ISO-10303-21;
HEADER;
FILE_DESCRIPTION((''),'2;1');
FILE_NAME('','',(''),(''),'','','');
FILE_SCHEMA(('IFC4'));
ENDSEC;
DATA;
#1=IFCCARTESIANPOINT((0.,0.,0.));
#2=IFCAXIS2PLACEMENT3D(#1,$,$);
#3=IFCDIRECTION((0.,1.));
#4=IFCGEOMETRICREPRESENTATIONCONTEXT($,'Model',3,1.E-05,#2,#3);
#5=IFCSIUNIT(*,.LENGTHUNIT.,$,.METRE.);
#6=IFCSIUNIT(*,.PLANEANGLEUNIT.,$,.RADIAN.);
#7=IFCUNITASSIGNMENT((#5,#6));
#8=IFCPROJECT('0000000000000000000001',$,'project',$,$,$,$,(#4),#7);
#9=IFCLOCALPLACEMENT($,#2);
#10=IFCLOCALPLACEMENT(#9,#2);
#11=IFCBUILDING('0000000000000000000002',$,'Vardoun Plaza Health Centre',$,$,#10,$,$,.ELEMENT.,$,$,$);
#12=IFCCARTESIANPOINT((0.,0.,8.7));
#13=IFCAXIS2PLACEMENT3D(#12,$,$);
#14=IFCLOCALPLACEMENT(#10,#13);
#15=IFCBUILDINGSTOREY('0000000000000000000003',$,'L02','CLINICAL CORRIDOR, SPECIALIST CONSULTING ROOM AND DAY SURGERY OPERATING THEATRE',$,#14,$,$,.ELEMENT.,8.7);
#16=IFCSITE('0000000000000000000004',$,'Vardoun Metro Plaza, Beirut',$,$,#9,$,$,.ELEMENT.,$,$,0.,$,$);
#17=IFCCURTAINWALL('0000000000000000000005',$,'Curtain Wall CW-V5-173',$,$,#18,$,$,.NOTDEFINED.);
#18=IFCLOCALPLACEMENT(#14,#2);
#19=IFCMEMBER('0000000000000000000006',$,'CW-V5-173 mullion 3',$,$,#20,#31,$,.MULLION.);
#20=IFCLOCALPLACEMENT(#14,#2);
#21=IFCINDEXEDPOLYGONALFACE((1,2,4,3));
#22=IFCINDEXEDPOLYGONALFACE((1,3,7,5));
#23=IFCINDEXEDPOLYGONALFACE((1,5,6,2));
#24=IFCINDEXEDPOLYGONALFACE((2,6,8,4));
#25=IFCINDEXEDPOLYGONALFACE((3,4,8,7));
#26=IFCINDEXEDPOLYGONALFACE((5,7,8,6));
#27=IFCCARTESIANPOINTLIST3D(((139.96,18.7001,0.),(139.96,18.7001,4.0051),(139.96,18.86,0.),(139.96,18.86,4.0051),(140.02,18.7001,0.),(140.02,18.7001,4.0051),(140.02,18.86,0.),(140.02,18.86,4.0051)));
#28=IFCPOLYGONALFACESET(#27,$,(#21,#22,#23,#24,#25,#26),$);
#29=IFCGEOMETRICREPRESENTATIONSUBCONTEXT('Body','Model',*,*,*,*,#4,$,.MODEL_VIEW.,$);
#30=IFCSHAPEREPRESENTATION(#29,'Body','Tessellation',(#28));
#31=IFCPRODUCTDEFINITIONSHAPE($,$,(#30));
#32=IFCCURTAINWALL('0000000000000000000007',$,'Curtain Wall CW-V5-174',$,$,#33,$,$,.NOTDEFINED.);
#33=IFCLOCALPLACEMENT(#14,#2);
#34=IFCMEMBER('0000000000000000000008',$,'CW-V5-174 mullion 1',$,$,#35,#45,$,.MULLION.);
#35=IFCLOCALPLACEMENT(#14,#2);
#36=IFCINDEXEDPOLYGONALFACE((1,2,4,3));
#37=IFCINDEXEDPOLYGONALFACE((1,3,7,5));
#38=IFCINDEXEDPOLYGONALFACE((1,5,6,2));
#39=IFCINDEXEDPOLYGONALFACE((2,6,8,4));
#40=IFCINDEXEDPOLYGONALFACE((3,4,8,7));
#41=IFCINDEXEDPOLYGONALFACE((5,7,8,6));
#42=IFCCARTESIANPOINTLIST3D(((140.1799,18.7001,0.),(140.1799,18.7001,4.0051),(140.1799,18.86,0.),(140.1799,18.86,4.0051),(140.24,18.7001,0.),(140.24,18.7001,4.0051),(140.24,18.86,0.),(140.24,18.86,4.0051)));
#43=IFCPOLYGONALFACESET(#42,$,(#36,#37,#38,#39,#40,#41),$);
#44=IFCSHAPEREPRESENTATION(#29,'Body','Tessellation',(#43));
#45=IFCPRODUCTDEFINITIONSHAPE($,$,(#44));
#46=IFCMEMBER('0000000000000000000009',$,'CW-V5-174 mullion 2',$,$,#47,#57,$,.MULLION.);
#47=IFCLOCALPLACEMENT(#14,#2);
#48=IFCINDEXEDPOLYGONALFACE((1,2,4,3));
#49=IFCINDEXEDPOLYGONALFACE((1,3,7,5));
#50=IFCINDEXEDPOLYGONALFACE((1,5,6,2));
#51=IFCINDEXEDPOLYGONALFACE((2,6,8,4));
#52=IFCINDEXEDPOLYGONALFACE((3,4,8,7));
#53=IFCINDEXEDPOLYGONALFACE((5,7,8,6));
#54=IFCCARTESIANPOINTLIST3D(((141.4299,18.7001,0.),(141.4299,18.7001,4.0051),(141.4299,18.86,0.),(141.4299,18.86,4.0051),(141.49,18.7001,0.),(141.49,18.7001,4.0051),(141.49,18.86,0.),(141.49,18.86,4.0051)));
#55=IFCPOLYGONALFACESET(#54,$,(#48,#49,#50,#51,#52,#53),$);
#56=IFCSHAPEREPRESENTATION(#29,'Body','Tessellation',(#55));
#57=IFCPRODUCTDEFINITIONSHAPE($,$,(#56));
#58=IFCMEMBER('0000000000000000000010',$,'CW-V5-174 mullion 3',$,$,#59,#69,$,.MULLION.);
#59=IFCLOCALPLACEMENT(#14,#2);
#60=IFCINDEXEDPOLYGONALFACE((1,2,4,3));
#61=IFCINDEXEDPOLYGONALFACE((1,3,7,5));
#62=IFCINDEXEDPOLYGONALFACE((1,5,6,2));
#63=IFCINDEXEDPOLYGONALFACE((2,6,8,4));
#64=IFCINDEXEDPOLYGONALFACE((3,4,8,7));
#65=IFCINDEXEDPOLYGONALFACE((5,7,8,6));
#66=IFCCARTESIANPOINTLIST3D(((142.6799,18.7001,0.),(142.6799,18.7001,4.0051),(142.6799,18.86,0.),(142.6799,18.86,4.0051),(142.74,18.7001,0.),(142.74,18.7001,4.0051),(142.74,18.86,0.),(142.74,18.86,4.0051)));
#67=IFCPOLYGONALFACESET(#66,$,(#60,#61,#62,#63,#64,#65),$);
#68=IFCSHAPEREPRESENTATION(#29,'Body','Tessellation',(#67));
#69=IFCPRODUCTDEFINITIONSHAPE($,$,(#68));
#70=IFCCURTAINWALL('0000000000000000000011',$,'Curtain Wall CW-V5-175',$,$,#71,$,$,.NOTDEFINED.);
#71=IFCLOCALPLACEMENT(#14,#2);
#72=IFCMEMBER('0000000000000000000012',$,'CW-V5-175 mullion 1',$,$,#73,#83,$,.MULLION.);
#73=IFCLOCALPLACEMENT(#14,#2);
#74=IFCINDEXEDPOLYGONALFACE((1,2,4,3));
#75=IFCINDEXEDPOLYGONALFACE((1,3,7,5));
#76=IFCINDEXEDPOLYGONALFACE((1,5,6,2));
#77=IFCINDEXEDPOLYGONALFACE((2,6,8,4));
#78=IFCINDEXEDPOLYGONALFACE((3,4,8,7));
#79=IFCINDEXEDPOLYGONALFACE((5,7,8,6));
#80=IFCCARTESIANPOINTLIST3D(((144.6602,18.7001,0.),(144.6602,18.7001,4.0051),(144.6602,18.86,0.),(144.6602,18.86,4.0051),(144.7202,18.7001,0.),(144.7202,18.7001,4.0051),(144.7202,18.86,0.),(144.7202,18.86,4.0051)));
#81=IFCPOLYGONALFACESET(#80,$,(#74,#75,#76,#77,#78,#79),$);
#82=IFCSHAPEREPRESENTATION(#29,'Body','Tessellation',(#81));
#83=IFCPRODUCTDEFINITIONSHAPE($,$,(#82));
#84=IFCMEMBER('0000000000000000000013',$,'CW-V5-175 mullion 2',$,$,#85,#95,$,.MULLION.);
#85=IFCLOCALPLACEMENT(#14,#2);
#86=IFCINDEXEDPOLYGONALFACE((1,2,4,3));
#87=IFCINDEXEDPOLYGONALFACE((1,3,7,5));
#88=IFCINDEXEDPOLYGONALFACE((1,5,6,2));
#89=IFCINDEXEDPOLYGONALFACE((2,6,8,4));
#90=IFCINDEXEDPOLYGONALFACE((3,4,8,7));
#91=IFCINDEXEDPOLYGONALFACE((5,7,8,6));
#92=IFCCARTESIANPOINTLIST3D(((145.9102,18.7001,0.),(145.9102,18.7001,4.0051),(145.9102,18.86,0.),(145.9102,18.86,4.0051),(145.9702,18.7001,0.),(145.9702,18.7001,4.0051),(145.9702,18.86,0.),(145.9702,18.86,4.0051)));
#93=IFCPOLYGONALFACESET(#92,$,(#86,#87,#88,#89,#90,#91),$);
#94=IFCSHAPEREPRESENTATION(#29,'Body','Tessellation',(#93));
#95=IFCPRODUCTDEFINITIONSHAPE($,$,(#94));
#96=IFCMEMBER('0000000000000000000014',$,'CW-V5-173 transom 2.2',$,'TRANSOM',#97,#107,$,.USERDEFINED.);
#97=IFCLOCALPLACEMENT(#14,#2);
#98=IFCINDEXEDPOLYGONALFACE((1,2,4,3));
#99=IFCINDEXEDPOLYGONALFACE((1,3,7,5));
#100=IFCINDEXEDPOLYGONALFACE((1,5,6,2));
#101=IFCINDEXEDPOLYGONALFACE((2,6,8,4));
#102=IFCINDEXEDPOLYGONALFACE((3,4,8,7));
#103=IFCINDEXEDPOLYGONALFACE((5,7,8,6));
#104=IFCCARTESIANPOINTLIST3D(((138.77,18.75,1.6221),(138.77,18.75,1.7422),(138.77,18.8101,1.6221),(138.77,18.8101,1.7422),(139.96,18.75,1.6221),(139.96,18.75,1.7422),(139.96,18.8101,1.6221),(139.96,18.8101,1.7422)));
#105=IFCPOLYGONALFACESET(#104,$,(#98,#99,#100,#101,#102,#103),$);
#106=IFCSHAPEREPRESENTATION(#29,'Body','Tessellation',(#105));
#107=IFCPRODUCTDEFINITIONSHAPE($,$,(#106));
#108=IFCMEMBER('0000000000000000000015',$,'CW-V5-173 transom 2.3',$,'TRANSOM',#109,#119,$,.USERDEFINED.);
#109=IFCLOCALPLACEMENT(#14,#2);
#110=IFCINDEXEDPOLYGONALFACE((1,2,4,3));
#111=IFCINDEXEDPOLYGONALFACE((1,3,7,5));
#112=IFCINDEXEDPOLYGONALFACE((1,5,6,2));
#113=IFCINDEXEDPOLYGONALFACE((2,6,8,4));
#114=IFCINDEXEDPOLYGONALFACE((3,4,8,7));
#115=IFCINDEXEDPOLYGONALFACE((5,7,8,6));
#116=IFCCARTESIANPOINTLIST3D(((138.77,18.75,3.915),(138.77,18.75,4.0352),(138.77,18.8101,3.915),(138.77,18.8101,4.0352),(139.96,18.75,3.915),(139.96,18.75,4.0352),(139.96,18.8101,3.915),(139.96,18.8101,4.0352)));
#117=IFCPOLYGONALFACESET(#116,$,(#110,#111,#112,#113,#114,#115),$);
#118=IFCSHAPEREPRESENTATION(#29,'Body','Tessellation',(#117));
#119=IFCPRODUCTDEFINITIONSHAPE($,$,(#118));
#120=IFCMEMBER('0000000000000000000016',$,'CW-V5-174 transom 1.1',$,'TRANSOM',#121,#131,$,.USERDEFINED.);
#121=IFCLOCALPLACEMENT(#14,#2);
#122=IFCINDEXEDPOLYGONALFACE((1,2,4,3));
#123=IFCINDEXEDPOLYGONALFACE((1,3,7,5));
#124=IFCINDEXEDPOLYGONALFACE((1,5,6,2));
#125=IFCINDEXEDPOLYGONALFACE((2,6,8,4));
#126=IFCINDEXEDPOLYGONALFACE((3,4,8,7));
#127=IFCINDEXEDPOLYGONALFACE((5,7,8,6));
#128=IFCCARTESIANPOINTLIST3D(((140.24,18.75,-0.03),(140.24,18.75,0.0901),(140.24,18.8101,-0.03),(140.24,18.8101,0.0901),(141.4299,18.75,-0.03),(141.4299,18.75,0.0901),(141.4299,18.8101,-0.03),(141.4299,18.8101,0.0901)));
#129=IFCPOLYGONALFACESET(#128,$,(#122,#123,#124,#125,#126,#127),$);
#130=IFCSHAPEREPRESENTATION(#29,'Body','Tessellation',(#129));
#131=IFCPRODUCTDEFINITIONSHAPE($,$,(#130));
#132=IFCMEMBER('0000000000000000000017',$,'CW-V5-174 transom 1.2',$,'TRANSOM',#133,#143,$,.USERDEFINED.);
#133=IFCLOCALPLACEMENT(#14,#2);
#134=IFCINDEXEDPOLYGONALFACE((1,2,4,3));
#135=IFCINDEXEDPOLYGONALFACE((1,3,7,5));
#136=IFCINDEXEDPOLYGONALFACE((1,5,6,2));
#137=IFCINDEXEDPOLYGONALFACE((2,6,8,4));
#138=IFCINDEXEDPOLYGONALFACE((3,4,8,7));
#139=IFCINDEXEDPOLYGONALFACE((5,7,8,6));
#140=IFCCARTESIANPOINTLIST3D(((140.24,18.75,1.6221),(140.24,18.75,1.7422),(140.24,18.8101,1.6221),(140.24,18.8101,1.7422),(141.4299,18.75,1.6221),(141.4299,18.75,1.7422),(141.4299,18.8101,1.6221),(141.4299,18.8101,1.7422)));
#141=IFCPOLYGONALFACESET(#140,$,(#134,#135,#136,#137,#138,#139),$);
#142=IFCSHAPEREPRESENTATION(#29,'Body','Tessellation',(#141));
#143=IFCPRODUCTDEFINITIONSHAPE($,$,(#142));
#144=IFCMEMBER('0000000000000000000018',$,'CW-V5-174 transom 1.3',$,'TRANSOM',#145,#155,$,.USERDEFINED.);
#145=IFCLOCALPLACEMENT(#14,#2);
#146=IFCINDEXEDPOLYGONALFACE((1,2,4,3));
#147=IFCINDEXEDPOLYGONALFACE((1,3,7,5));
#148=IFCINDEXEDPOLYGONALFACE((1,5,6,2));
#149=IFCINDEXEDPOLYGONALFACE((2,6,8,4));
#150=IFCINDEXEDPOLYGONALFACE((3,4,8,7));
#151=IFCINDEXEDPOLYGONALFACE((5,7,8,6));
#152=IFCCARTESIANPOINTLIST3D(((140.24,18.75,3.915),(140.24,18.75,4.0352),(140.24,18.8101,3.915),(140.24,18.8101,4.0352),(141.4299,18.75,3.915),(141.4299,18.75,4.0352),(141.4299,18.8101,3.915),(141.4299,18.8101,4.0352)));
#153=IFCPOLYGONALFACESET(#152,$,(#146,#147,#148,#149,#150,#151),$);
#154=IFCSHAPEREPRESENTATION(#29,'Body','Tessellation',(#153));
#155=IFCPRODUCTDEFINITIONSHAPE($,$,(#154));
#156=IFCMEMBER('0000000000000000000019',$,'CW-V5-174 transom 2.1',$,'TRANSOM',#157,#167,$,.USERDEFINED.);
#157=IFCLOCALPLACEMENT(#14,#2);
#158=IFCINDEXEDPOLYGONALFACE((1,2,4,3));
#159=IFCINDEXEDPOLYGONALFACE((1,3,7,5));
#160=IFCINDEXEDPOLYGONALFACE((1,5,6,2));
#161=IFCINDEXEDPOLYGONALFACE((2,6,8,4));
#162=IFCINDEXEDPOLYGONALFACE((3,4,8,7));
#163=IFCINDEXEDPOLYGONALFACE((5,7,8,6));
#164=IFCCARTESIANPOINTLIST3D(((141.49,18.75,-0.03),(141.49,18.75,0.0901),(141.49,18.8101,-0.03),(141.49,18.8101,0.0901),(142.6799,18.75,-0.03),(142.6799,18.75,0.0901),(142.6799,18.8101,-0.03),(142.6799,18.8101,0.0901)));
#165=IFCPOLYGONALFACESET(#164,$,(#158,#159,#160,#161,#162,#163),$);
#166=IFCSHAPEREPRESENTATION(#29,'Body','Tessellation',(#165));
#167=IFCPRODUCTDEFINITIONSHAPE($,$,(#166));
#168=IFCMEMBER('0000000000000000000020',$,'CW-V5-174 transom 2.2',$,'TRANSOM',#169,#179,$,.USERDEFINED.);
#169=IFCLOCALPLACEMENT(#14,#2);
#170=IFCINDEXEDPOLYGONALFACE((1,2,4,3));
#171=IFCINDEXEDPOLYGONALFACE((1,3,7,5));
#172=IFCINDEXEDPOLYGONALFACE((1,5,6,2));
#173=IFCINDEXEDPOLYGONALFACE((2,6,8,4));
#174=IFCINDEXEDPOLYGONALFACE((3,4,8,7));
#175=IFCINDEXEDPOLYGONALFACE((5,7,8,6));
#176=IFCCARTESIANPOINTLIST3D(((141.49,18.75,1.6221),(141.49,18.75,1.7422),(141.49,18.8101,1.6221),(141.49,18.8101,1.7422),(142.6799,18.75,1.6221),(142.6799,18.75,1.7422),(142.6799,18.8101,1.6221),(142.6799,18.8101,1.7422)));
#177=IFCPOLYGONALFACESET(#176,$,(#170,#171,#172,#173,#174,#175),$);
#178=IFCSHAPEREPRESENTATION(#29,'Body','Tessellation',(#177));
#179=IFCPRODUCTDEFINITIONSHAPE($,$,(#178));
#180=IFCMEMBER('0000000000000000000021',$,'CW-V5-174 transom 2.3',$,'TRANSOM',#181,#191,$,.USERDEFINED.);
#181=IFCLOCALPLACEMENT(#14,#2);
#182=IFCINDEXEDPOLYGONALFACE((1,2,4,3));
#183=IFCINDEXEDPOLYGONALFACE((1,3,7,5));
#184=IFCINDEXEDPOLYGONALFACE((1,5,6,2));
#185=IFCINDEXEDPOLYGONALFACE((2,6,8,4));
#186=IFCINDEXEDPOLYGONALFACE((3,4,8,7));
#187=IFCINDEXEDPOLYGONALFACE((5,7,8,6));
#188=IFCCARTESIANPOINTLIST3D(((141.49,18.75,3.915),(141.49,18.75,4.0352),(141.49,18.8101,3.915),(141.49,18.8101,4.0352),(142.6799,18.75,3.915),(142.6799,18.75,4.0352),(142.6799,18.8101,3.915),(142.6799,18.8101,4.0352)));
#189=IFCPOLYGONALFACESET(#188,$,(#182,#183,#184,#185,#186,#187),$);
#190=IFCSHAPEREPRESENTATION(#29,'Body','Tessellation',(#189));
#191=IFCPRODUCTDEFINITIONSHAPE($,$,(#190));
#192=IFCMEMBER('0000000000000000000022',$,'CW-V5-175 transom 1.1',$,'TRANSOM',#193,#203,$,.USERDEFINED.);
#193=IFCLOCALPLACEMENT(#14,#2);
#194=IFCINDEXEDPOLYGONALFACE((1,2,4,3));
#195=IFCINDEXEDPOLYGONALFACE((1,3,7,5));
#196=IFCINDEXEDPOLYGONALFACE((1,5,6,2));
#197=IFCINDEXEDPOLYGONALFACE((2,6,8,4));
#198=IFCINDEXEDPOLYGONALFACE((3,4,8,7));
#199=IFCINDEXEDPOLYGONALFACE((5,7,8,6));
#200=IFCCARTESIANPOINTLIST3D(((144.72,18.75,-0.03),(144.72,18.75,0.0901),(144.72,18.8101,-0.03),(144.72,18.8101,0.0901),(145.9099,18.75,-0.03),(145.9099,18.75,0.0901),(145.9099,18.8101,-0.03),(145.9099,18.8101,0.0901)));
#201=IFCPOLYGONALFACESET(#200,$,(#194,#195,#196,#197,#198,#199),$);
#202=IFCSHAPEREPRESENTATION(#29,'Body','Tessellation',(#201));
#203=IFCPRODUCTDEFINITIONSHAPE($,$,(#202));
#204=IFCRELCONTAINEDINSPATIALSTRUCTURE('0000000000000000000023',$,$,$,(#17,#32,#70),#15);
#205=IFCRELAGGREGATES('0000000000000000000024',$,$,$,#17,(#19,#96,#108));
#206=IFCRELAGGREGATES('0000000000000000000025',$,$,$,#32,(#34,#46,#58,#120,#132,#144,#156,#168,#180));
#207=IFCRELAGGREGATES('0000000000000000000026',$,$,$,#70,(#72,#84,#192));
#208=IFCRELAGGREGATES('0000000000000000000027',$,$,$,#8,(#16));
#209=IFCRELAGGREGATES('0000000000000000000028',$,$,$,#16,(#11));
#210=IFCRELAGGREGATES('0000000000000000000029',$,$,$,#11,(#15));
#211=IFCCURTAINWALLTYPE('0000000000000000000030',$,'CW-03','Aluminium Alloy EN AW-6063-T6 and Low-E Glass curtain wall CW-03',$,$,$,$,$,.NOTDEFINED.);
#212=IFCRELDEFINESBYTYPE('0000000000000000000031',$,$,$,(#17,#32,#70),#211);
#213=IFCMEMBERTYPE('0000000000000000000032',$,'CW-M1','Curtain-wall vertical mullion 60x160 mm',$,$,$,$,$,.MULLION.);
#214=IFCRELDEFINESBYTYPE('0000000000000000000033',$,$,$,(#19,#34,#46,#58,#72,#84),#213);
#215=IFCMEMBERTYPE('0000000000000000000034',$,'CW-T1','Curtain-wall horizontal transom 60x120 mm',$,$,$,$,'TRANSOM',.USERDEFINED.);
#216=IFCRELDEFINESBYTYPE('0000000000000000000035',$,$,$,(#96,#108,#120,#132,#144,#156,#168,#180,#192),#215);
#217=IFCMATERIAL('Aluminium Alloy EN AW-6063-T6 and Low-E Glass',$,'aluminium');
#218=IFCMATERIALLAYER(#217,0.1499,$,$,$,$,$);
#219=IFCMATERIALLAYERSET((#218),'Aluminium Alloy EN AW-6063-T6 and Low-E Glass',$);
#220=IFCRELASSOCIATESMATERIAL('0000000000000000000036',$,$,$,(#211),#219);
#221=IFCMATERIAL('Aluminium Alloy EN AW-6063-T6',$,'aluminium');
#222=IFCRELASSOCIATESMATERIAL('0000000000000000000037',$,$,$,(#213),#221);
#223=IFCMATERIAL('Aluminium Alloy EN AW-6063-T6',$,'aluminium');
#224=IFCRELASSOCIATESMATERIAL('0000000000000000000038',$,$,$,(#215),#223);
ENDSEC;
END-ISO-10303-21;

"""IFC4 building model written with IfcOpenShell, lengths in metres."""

from ifc_helpers import new_model, si_unit, direction, frame, origin, origin_2d, place, context, subcontext, project, spatial, rectangle, extrude, material, layer, layer_set, material_profile, profile_set, type_object, element, aggregate, save


model = new_model("IFC4")

# Units and contexts
model_context = context("Model", 3, precision=1e-05, world=origin(), true_north=direction((0.0, 1.0)))
body_context = subcontext(model_context, "Body", "Model", "MODEL_VIEW")
ifc_project = project(units=[si_unit("LENGTHUNIT", "METRE"), si_unit("PLANEANGLEUNIT", "RADIAN")], contexts=[model_context])

# Site, building, storey
site_placement = place(None, origin())
site = spatial("IfcSite", under=ifc_project, at=site_placement, Name="Vardoun Metro Plaza, Beirut", CompositionType="ELEMENT", RefElevation=0.0)
building_placement = place(site_placement, origin())
building = spatial("IfcBuilding", under=site, at=building_placement, Name="Vardoun Plaza Health Centre", CompositionType="ELEMENT")
storey_placement = place(building_placement, frame((0.0, 0.0, 8.7)))
storey = spatial("IfcBuildingStorey", under=building, at=storey_placement, Name="L02", Description="CLINICAL CORRIDOR, SPECIALIST CONSULTING ROOM AND DAY SURGERY OPERATING THEATRE", CompositionType="ELEMENT", Elevation=8.7)

# Curtain wall, member
ifc_material_1 = material(Name="Aluminium Alloy EN AW-6063-T6 and Low-E Glass", Category="aluminium")
ifc_layer_1 = layer(ifc_material_1, 0.1499)
ifc_layer_set_1 = layer_set([ifc_layer_1], Name="Aluminium Alloy EN AW-6063-T6 and Low-E Glass")
curtain_wall_type = type_object("IfcCurtainWallType", Name="CW-03", Description="Aluminium Alloy EN AW-6063-T6 and Low-E Glass curtain wall CW-03", PredefinedType="NOTDEFINED", material=ifc_layer_set_1)
curtain_wall_1_placement = place(storey_placement, origin())
curtain_wall_1 = element("IfcCurtainWall", 1, at=curtain_wall_1_placement, inside=storey, type_object=curtain_wall_type, Name="Curtain Wall CW-V5-173", PredefinedType="NOTDEFINED")
ifc_material_2 = material(Name="Aluminium Alloy EN AW-6063-T6", Category="aluminium")
ifc_material_profile_1 = material_profile(ifc_material_2, rectangle(XDim=0.1599, YDim=0.0601, at=origin_2d()), Name="CWM 60x160")
ifc_profile_set_1 = profile_set([ifc_material_profile_1], Name="Aluminium Alloy EN AW-6063-T6")
member_type_1 = type_object("IfcMemberType", Name="CW-M1", Description="Curtain-wall vertical mullion 60x160 mm", PredefinedType="MULLION", material=ifc_profile_set_1)
member_1_placement = place(storey_placement, frame((139.99, 18.78, 0.0), z_axis=(0.0, 0.0, 1.0), x_axis=(0.0, 1.0, 0.0)))
member_1 = element("IfcMember", 2, at=member_1_placement, type_object=member_type_1, Name="CW-V5-173 mullion 3", PredefinedType="MULLION", context=body_context, shape_type="SweptSolid", body=[
    extrude(rectangle(XDim=0.1599, YDim=0.0601, at=origin_2d()), origin(), (0.0, 0.0, 1.0), 4.0051),
])

# Curtain walls, members
curtain_wall_2_placement = place(storey_placement, origin())
curtain_wall_2 = element("IfcCurtainWall", 3, at=curtain_wall_2_placement, inside=storey, type_object=curtain_wall_type, Name="Curtain Wall CW-V5-174", PredefinedType="NOTDEFINED")
member_2_placement = place(storey_placement, frame((140.21, 18.78, 0.0), z_axis=(0.0, 0.0, 1.0), x_axis=(0.0, 1.0, 0.0)))
member_2 = element("IfcMember", 4, at=member_2_placement, type_object=member_type_1, Name="CW-V5-174 mullion 1", PredefinedType="MULLION", context=body_context, shape_type="SweptSolid", body=[
    extrude(rectangle(XDim=0.1599, YDim=0.0601, at=origin_2d()), origin(), (0.0, 0.0, 1.0), 4.0051),
])
member_3_placement = place(storey_placement, frame((141.46, 18.78, 0.0), z_axis=(0.0, 0.0, 1.0), x_axis=(0.0, 1.0, 0.0)))
member_3 = element("IfcMember", 5, at=member_3_placement, type_object=member_type_1, Name="CW-V5-174 mullion 2", PredefinedType="MULLION", context=body_context, shape_type="SweptSolid", body=[
    extrude(rectangle(XDim=0.1599, YDim=0.0601, at=origin_2d()), origin(), (0.0, 0.0, 1.0), 4.0051),
])
member_4_placement = place(storey_placement, frame((142.71, 18.78, 0.0), z_axis=(0.0, 0.0, 1.0), x_axis=(0.0, 1.0, 0.0)))
member_4 = element("IfcMember", 6, at=member_4_placement, type_object=member_type_1, Name="CW-V5-174 mullion 3", PredefinedType="MULLION", context=body_context, shape_type="SweptSolid", body=[
    extrude(rectangle(XDim=0.1599, YDim=0.0601, at=origin_2d()), origin(), (0.0, 0.0, 1.0), 4.0051),
])
curtain_wall_3_placement = place(storey_placement, origin())
curtain_wall_3 = element("IfcCurtainWall", 7, at=curtain_wall_3_placement, inside=storey, type_object=curtain_wall_type, Name="Curtain Wall CW-V5-175", PredefinedType="NOTDEFINED")
member_5_placement = place(storey_placement, frame((144.6902, 18.78, 0.0), z_axis=(0.0, 0.0, 1.0), x_axis=(0.0, 1.0, 0.0)))
member_5 = element("IfcMember", 8, at=member_5_placement, type_object=member_type_1, Name="CW-V5-175 mullion 1", PredefinedType="MULLION", context=body_context, shape_type="SweptSolid", body=[
    extrude(rectangle(XDim=0.1599, YDim=0.0601, at=origin_2d()), origin(), (0.0, 0.0, 1.0), 4.0051),
])
member_6_placement = place(storey_placement, frame((145.9402, 18.78, 0.0), z_axis=(0.0, 0.0, 1.0), x_axis=(0.0, 1.0, 0.0)))
member_6 = element("IfcMember", 9, at=member_6_placement, type_object=member_type_1, Name="CW-V5-175 mullion 2", PredefinedType="MULLION", context=body_context, shape_type="SweptSolid", body=[
    extrude(rectangle(XDim=0.1599, YDim=0.0601, at=origin_2d()), origin(), (0.0, 0.0, 1.0), 4.0051),
])

# Members
ifc_material_3 = material(Name="Aluminium Alloy EN AW-6063-T6", Category="aluminium")
ifc_material_profile_2 = material_profile(ifc_material_3, rectangle(XDim=0.0601, YDim=0.1201, at=origin_2d()), Name="CWT 60x120")
ifc_profile_set_2 = profile_set([ifc_material_profile_2], Name="Aluminium Alloy EN AW-6063-T6")
member_type_2 = type_object("IfcMemberType", Name="CW-T1", Description="Curtain-wall horizontal transom 60x120 mm", ElementType="TRANSOM", PredefinedType="USERDEFINED", material=ifc_profile_set_2)
member_7_placement = place(storey_placement, frame((138.77, 18.78, 1.6821), z_axis=(1.0, 0.0, 0.0), x_axis=(0.0, 1.0, 0.0)))
member_7 = element("IfcMember", 10, at=member_7_placement, type_object=member_type_2, Name="CW-V5-173 transom 2.2", ObjectType="TRANSOM", PredefinedType="USERDEFINED", context=body_context, shape_type="SweptSolid", body=[
    extrude(rectangle(XDim=0.0601, YDim=0.1201, at=origin_2d()), origin(), (0.0, 0.0, 1.0), 1.1899),
])
member_8_placement = place(storey_placement, frame((138.77, 18.78, 3.9751), z_axis=(1.0, 0.0, 0.0), x_axis=(0.0, 1.0, 0.0)))
member_8 = element("IfcMember", 11, at=member_8_placement, type_object=member_type_2, Name="CW-V5-173 transom 2.3", ObjectType="TRANSOM", PredefinedType="USERDEFINED", context=body_context, shape_type="SweptSolid", body=[
    extrude(rectangle(XDim=0.0601, YDim=0.1201, at=origin_2d()), origin(), (0.0, 0.0, 1.0), 1.1899),
])
member_9_placement = place(storey_placement, frame((140.24, 18.78, 0.03), z_axis=(1.0, 0.0, 0.0), x_axis=(0.0, 1.0, 0.0)))
member_9 = element("IfcMember", 12, at=member_9_placement, type_object=member_type_2, Name="CW-V5-174 transom 1.1", ObjectType="TRANSOM", PredefinedType="USERDEFINED", context=body_context, shape_type="SweptSolid", body=[
    extrude(rectangle(XDim=0.0601, YDim=0.1201, at=origin_2d()), origin(), (0.0, 0.0, 1.0), 1.1899),
])
member_10_placement = place(storey_placement, frame((140.24, 18.78, 1.6821), z_axis=(1.0, 0.0, 0.0), x_axis=(0.0, 1.0, 0.0)))
member_10 = element("IfcMember", 13, at=member_10_placement, type_object=member_type_2, Name="CW-V5-174 transom 1.2", ObjectType="TRANSOM", PredefinedType="USERDEFINED", context=body_context, shape_type="SweptSolid", body=[
    extrude(rectangle(XDim=0.0601, YDim=0.1201, at=origin_2d()), origin(), (0.0, 0.0, 1.0), 1.1899),
])
member_11_placement = place(storey_placement, frame((140.24, 18.78, 3.9751), z_axis=(1.0, 0.0, 0.0), x_axis=(0.0, 1.0, 0.0)))
member_11 = element("IfcMember", 14, at=member_11_placement, type_object=member_type_2, Name="CW-V5-174 transom 1.3", ObjectType="TRANSOM", PredefinedType="USERDEFINED", context=body_context, shape_type="SweptSolid", body=[
    extrude(rectangle(XDim=0.0601, YDim=0.1201, at=origin_2d()), origin(), (0.0, 0.0, 1.0), 1.1899),
])
member_12_placement = place(storey_placement, frame((141.49, 18.78, 0.03), z_axis=(1.0, 0.0, 0.0), x_axis=(0.0, 1.0, 0.0)))
member_12 = element("IfcMember", 15, at=member_12_placement, type_object=member_type_2, Name="CW-V5-174 transom 2.1", ObjectType="TRANSOM", PredefinedType="USERDEFINED", context=body_context, shape_type="SweptSolid", body=[
    extrude(rectangle(XDim=0.0601, YDim=0.1201, at=origin_2d()), origin(), (0.0, 0.0, 1.0), 1.1899),
])
member_13_placement = place(storey_placement, frame((141.49, 18.78, 1.6821), z_axis=(1.0, 0.0, 0.0), x_axis=(0.0, 1.0, 0.0)))
member_13 = element("IfcMember", 16, at=member_13_placement, type_object=member_type_2, Name="CW-V5-174 transom 2.2", ObjectType="TRANSOM", PredefinedType="USERDEFINED", context=body_context, shape_type="SweptSolid", body=[
    extrude(rectangle(XDim=0.0601, YDim=0.1201, at=origin_2d()), origin(), (0.0, 0.0, 1.0), 1.1899),
])
member_14_placement = place(storey_placement, frame((141.49, 18.78, 3.9751), z_axis=(1.0, 0.0, 0.0), x_axis=(0.0, 1.0, 0.0)))
member_14 = element("IfcMember", 17, at=member_14_placement, type_object=member_type_2, Name="CW-V5-174 transom 2.3", ObjectType="TRANSOM", PredefinedType="USERDEFINED", context=body_context, shape_type="SweptSolid", body=[
    extrude(rectangle(XDim=0.0601, YDim=0.1201, at=origin_2d()), origin(), (0.0, 0.0, 1.0), 1.1899),
])
member_15_placement = place(storey_placement, frame((144.72, 18.78, 0.03), z_axis=(1.0, 0.0, 0.0), x_axis=(0.0, 1.0, 0.0)))
member_15 = element("IfcMember", 18, at=member_15_placement, type_object=member_type_2, Name="CW-V5-175 transom 1.1", ObjectType="TRANSOM", PredefinedType="USERDEFINED", context=body_context, shape_type="SweptSolid", body=[
    extrude(rectangle(XDim=0.0601, YDim=0.1201, at=origin_2d()), origin(), (0.0, 0.0, 1.0), 1.1899),
])

aggregate(curtain_wall_1, [member_1, member_7, member_8])
aggregate(curtain_wall_2, [member_2, member_3, member_4, member_9, member_10, member_11, member_12, member_13, member_14])
aggregate(curtain_wall_3, [member_5, member_6, member_15])

save(model, "model.ifc")
